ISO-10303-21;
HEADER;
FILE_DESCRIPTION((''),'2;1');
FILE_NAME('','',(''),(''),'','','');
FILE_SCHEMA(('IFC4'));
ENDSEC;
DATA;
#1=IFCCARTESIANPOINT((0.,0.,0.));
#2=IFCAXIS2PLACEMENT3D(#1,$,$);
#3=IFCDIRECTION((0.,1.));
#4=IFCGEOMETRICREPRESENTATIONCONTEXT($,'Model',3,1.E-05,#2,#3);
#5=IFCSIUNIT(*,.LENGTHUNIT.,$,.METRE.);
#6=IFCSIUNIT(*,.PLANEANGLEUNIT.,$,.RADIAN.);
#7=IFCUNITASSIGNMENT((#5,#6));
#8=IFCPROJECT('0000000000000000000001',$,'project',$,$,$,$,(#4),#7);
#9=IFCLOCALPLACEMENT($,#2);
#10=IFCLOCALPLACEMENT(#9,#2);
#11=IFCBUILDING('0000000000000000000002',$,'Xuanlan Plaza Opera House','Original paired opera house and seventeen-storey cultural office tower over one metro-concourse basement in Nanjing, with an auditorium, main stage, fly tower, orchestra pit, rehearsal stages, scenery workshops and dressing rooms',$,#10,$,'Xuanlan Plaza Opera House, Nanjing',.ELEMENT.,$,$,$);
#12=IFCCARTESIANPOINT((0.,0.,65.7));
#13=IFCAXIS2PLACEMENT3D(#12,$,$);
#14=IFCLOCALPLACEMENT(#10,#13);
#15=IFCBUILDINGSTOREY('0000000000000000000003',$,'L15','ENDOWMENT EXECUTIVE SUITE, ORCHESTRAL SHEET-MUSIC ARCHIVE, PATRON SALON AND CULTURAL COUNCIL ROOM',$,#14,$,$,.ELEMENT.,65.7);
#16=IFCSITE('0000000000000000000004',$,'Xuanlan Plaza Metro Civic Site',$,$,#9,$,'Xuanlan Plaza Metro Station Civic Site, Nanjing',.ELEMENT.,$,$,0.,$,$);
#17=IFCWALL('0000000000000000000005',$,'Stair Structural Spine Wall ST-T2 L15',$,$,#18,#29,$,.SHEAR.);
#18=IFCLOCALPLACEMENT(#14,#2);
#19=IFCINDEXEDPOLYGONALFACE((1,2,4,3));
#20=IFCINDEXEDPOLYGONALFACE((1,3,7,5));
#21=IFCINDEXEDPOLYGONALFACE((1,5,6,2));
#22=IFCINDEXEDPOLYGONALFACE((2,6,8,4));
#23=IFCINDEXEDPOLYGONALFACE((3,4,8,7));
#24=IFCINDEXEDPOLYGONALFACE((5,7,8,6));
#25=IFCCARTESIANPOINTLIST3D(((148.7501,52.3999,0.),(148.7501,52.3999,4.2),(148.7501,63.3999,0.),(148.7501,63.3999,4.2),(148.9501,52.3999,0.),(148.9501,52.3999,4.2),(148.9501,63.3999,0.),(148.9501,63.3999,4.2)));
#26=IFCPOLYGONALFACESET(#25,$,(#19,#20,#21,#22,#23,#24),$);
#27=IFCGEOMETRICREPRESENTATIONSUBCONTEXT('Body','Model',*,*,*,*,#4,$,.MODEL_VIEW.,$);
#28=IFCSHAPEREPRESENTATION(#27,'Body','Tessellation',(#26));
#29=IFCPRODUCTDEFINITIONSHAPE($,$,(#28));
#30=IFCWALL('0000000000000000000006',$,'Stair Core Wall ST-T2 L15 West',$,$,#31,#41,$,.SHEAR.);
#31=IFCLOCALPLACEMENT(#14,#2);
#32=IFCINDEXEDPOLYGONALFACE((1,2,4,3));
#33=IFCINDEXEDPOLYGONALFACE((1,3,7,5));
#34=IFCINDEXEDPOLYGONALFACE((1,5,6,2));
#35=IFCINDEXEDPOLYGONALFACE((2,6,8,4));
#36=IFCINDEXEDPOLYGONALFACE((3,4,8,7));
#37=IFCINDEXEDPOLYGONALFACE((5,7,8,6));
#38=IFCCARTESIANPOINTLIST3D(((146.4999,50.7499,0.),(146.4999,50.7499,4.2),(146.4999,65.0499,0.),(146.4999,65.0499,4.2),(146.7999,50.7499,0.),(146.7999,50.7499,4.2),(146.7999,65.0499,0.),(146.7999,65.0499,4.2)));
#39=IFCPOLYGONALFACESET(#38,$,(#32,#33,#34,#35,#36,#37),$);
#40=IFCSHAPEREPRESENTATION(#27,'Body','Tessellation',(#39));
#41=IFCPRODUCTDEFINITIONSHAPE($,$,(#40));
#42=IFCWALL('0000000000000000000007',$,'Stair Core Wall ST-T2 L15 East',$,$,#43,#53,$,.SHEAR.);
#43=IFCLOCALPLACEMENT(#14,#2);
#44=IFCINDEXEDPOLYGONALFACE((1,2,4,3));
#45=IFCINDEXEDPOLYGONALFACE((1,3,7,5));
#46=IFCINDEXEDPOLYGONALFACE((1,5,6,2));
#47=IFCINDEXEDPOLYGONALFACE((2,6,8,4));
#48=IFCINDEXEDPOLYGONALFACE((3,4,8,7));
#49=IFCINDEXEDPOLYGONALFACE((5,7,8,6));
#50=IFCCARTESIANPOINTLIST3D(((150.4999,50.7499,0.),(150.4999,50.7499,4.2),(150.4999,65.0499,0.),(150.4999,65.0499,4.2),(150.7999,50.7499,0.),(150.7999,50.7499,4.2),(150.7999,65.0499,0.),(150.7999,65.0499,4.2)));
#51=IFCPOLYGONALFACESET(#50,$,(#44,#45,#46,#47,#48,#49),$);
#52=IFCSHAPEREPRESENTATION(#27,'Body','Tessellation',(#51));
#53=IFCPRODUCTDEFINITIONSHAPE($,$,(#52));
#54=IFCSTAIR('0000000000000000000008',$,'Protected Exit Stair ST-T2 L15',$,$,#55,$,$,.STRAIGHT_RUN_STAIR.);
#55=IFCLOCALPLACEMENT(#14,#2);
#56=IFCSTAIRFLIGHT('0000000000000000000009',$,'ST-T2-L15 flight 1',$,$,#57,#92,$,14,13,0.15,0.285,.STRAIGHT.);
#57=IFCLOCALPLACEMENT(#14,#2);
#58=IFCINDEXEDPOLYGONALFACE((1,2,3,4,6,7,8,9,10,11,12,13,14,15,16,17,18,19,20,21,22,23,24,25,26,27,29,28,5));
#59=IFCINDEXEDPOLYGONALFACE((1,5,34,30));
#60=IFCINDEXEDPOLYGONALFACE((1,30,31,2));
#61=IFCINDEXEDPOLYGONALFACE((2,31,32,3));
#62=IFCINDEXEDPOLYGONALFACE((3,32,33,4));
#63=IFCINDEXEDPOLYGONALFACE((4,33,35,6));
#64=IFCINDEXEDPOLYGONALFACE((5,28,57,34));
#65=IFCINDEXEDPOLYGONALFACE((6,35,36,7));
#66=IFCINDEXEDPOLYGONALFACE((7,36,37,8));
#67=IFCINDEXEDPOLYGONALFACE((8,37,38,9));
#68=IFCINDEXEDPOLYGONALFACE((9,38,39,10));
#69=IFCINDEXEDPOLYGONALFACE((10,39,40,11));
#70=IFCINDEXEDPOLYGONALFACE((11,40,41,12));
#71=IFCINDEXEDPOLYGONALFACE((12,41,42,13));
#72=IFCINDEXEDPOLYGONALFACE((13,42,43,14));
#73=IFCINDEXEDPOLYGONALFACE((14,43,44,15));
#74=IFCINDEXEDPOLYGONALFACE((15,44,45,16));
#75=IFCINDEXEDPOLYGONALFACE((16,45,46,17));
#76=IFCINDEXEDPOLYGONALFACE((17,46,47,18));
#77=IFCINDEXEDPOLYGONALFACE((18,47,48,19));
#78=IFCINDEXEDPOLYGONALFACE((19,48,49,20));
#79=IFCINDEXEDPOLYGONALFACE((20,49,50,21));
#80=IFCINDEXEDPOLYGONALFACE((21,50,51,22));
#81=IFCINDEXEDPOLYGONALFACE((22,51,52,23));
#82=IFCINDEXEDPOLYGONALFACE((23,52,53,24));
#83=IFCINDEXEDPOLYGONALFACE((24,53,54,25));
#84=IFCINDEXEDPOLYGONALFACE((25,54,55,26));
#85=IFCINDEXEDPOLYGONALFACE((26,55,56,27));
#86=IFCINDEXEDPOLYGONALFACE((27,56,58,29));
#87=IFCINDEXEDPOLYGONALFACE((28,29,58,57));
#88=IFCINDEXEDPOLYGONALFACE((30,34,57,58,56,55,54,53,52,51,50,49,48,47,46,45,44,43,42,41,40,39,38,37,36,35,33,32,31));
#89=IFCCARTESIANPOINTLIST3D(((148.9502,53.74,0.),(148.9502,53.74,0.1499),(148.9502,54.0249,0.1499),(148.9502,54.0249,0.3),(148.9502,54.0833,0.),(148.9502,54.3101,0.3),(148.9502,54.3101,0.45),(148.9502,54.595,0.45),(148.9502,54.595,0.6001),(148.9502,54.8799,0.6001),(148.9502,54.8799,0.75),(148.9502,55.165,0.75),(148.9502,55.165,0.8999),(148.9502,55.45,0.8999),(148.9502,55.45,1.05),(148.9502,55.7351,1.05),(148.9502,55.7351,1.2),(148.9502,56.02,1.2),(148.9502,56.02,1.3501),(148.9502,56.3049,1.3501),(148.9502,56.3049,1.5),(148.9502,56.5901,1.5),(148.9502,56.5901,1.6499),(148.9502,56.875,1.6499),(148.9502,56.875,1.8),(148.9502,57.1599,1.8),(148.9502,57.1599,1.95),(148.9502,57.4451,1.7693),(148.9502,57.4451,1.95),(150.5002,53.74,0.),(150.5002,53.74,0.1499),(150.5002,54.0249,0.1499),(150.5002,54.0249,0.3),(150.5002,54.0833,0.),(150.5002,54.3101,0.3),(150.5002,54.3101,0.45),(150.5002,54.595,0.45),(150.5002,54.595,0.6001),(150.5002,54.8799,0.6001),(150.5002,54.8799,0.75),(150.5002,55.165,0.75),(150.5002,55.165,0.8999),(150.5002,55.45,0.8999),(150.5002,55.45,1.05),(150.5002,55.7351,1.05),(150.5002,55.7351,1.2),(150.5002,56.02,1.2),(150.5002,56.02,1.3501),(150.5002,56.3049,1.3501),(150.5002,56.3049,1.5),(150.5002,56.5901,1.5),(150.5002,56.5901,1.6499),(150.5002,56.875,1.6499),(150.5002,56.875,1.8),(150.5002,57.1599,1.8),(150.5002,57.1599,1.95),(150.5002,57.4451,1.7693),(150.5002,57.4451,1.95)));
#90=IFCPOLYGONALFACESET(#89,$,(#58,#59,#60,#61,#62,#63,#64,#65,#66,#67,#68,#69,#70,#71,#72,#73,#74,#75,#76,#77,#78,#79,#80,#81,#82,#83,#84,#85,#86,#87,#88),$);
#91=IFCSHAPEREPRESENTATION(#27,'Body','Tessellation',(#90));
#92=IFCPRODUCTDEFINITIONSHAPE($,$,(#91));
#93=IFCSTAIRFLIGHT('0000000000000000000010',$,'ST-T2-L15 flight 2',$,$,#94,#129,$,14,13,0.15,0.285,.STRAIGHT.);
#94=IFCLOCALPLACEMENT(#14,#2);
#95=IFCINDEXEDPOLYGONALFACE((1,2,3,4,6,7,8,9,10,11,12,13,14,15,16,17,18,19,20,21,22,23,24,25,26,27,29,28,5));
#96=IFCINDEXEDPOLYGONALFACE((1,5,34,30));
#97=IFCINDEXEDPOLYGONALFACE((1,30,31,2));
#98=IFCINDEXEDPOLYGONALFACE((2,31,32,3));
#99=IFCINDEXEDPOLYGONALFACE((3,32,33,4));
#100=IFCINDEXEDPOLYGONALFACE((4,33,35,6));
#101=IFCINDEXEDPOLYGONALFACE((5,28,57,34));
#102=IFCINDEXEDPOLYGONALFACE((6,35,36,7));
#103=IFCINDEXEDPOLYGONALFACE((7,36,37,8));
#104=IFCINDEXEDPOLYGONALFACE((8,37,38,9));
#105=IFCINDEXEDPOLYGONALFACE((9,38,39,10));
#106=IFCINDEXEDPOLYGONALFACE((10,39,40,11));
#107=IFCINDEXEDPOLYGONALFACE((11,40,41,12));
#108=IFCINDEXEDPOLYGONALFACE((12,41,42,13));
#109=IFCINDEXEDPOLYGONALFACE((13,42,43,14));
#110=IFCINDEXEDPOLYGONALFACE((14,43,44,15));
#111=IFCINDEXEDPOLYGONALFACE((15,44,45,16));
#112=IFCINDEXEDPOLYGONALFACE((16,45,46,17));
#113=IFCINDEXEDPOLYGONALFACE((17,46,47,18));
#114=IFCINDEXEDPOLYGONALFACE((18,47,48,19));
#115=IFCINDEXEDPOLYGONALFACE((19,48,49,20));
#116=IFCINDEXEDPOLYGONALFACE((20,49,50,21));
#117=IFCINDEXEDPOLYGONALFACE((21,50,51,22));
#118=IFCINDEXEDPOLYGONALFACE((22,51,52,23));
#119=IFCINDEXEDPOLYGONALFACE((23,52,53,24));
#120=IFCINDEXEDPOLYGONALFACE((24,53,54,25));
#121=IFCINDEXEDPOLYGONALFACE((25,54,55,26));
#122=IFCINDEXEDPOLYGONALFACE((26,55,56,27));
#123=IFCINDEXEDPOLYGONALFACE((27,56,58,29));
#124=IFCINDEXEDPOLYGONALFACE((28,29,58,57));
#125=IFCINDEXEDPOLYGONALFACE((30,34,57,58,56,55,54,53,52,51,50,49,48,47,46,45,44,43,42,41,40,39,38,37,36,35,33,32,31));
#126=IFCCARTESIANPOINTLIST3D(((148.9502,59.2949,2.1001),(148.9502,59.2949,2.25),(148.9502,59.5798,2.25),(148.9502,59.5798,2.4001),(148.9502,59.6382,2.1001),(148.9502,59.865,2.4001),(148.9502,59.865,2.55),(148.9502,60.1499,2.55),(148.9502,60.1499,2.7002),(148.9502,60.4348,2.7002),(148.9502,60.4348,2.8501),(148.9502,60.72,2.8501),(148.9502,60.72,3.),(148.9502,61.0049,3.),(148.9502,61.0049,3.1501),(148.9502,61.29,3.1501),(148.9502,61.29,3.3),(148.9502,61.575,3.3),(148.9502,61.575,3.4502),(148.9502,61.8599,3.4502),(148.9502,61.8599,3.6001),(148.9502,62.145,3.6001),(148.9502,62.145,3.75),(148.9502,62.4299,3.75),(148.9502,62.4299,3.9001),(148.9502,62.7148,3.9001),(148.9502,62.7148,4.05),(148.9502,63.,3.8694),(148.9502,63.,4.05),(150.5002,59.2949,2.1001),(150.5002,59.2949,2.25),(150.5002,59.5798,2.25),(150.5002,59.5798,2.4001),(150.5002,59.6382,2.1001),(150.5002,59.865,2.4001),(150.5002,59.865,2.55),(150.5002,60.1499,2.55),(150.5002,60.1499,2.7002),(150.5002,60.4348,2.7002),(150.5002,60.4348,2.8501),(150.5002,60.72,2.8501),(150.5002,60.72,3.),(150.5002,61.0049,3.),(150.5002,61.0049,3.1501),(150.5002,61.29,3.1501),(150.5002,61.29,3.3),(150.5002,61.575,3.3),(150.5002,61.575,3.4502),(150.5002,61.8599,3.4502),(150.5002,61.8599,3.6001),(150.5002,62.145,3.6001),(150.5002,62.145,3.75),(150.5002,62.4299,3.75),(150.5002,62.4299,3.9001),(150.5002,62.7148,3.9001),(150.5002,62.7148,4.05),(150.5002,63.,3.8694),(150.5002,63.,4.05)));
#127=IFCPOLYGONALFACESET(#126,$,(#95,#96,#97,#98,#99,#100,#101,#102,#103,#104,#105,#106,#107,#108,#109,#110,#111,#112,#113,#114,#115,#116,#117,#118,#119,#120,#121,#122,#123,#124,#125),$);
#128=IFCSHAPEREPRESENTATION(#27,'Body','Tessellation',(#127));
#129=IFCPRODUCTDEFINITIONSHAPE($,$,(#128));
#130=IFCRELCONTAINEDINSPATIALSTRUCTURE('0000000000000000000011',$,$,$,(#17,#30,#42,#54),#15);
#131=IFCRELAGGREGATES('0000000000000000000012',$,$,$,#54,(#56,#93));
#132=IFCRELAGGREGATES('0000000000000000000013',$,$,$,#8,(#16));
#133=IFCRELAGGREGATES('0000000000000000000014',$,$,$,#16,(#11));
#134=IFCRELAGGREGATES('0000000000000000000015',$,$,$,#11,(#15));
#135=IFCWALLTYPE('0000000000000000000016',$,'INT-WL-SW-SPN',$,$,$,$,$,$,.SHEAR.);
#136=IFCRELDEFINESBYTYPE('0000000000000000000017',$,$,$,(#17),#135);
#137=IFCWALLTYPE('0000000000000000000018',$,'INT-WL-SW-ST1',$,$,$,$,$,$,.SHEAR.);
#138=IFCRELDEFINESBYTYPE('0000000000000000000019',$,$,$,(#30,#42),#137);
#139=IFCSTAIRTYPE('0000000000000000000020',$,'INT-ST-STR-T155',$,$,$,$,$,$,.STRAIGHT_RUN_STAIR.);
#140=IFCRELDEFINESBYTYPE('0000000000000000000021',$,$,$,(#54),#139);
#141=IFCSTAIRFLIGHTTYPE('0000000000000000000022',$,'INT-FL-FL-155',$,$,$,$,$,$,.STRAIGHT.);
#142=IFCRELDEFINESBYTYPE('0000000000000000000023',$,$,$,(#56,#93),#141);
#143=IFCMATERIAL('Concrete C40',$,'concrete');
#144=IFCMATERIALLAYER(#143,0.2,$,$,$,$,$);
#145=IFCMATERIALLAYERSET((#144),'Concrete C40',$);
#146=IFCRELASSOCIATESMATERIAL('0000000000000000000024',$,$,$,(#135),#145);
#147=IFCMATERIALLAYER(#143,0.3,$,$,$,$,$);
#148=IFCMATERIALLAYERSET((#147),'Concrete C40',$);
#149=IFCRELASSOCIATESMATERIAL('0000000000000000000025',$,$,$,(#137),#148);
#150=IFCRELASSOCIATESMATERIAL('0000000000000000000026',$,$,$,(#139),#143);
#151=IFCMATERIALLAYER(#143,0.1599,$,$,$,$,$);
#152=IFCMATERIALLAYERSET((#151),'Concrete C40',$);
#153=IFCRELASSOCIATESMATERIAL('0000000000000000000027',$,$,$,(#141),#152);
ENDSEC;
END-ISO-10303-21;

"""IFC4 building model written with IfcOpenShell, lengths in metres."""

from ifc_helpers import new_model, si_unit, direction, frame, frame_2d, origin, place, context, subcontext, project, spatial, polyline, rectangle, outline, extrude, material, layer, layer_set, type_object, element, aggregate, save


model = new_model("IFC4")

# Units and contexts
model_context = context("Model", 3, precision=1e-05, world=origin(), true_north=direction((0.0, 1.0)))
body_context = subcontext(model_context, "Body", "Model", "MODEL_VIEW")
ifc_project = project(units=[si_unit("LENGTHUNIT", "METRE"), si_unit("PLANEANGLEUNIT", "RADIAN")], contexts=[model_context])

# Site, building, storey
site_placement = place(None, origin())
site = spatial("IfcSite", under=ifc_project, at=site_placement, Name="Xuanlan Plaza Metro Civic Site", LongName="Xuanlan Plaza Metro Station Civic Site, Nanjing", CompositionType="ELEMENT", RefElevation=0.0)
building_placement = place(site_placement, origin())
building = spatial("IfcBuilding", under=site, at=building_placement, Name="Xuanlan Plaza Opera House", Description="Original paired opera house and seventeen-storey cultural office tower over one metro-concourse basement in Nanjing, with an auditorium, main stage, fly tower, orchestra pit, rehearsal stages, scenery workshops and dressing rooms", LongName="Xuanlan Plaza Opera House, Nanjing", CompositionType="ELEMENT")
storey_placement = place(building_placement, frame((0.0, 0.0, 65.7)))
storey = spatial("IfcBuildingStorey", under=building, at=storey_placement, Name="L15", Description="ENDOWMENT EXECUTIVE SUITE, ORCHESTRAL SHEET-MUSIC ARCHIVE, PATRON SALON AND CULTURAL COUNCIL ROOM", CompositionType="ELEMENT", Elevation=65.7)

# Shared definitions
ifc_material_1 = material(Name="Concrete C40", Category="concrete")

# Wall
ifc_layer_1 = layer(ifc_material_1, 0.2)
ifc_layer_set_1 = layer_set([ifc_layer_1], Name="Concrete C40")
wall_type_1 = type_object("IfcWallType", Name="INT-WL-SW-SPN", PredefinedType="SHEAR", material=ifc_layer_set_1)
wall_1_placement = place(storey_placement, frame((148.8501, 52.3999, 0.0), z_axis=(0.0, 0.0, 1.0), x_axis=(0.0, 1.0, 0.0)))
element("IfcWall", 1, at=wall_1_placement, inside=storey, type_object=wall_type_1, Name="Stair Structural Spine Wall ST-T2 L15", PredefinedType="SHEAR", context=body_context, shape_type="SweptSolid", body=[
    extrude(rectangle(XDim=11.0, YDim=0.2, at=frame_2d((5.5, 0.0))), origin(), (0.0, 0.0, 1.0), 4.2),
])

# Shared definitions
ifc_layer_2 = layer(ifc_material_1, 0.3)
ifc_layer_set_2 = layer_set([ifc_layer_2], Name="Concrete C40")
wall_type_2 = type_object("IfcWallType", Name="INT-WL-SW-ST1", PredefinedType="SHEAR", material=ifc_layer_set_2)

# Walls
for number, where, z_axis, x_axis, name in (
    (2, (146.6499, 50.75, 0.0), (0.0, 0.0, 1.0), (0.0, 1.0, 0.0), "Stair Core Wall ST-T2 L15 West"),
    (3, (150.6499, 50.75, 0.0), (0.0, 0.0, 1.0), (0.0, 1.0, 0.0), "Stair Core Wall ST-T2 L15 East"),
):
    element("IfcWall", number, at=place(storey_placement, frame(where, z_axis=z_axis, x_axis=x_axis)), inside=storey, type_object=wall_type_2, Name=name, PredefinedType="SHEAR", context=body_context, shape_type="SweptSolid", body=[
        extrude(rectangle(XDim=14.3, YDim=0.3, at=frame_2d((7.1499, 0.0))), origin(), (0.0, 0.0, 1.0), 4.2),
    ])

# Stair, stair flights
stair_type = type_object("IfcStairType", Name="INT-ST-STR-T155", PredefinedType="STRAIGHT_RUN_STAIR", material=ifc_material_1)
stair_placement = place(storey_placement, origin())
stair = element("IfcStair", 4, at=stair_placement, inside=storey, type_object=stair_type, Name="Protected Exit Stair ST-T2 L15", PredefinedType="STRAIGHT_RUN_STAIR")
ifc_layer_3 = layer(ifc_material_1, 0.1599)
ifc_layer_set_3 = layer_set([ifc_layer_3], Name="Concrete C40")
stair_flight_type = type_object("IfcStairFlightType", Name="INT-FL-FL-155", PredefinedType="STRAIGHT", material=ifc_layer_set_3)
stair_flight_1_placement = place(storey_placement, frame((149.7251, 53.74, 0.0), z_axis=(0.0, 0.0, 1.0), x_axis=(0.0, 1.0, 0.0)))
stair_flight_1 = element("IfcStairFlight", 5, at=stair_flight_1_placement, type_object=stair_flight_type, Name="ST-T2-L15 flight 1", NumberOfRisers=14, NumberOfTreads=13, PredefinedType="STRAIGHT", RiserHeight=0.15, TreadLength=0.285, context=body_context, shape_type="SweptSolid", body=[
    extrude(outline(polyline([(0.0, 0.0), (0.0, 0.1499), (0.2849, 0.1499), (0.2849, 0.3), (0.5701, 0.3), (0.5701, 0.45), (0.855, 0.45), (0.855, 0.6001), (1.1399, 0.6001), (1.1399, 0.75), (1.425, 0.75), (1.425, 0.8999), (1.71, 0.8999), (1.71, 1.05), (1.9951, 1.05), (1.9951, 1.2), (2.28, 1.2), (2.28, 1.3501), (2.5649, 1.3501), (2.5649, 1.5), (2.8501, 1.5), (2.8501, 1.6499), (3.135, 1.6499), (3.135, 1.8), (3.4199, 1.8), (3.4199, 1.95), (3.7051, 1.95), (3.7051, 2.1001), (3.7051, 1.7693), (0.3433, 0.0), (0.0, 0.0)])), frame((0.0, 0.7749, 0.0), z_axis=(0.0, -1.0, 0.0), x_axis=(1.0, 0.0, 0.0)), (0.0, 0.0, 1.0), 1.55),
])
stair_flight_2_placement = place(storey_placement, frame((149.7251, 59.2949, 2.1001), z_axis=(0.0, 0.0, 1.0), x_axis=(0.0, 1.0, 0.0)))
stair_flight_2 = element("IfcStairFlight", 6, at=stair_flight_2_placement, type_object=stair_flight_type, Name="ST-T2-L15 flight 2", NumberOfRisers=14, NumberOfTreads=13, PredefinedType="STRAIGHT", RiserHeight=0.15, TreadLength=0.285, context=body_context, shape_type="SweptSolid", body=[
    extrude(outline(polyline([(0.0, 0.0), (0.0, 0.1499), (0.2849, 0.1499), (0.2849, 0.3), (0.5701, 0.3), (0.5701, 0.45), (0.855, 0.45), (0.855, 0.6001), (1.1399, 0.6001), (1.1399, 0.75), (1.425, 0.75), (1.425, 0.8999), (1.71, 0.8999), (1.71, 1.05), (1.9951, 1.05), (1.9951, 1.2), (2.28, 1.2), (2.28, 1.3501), (2.5649, 1.3501), (2.5649, 1.5), (2.8501, 1.5), (2.8501, 1.6499), (3.135, 1.6499), (3.135, 1.8), (3.4199, 1.8), (3.4199, 1.95), (3.7051, 1.95), (3.7051, 2.1001), (3.7051, 1.7693), (0.3433, 0.0), (0.0, 0.0)])), frame((0.0, 0.7749, 0.0), z_axis=(0.0, -1.0, 0.0), x_axis=(1.0, 0.0, 0.0)), (0.0, 0.0, 1.0), 1.55),
])
aggregate(stair, [stair_flight_1, stair_flight_2])

save(model, "model.ifc")
